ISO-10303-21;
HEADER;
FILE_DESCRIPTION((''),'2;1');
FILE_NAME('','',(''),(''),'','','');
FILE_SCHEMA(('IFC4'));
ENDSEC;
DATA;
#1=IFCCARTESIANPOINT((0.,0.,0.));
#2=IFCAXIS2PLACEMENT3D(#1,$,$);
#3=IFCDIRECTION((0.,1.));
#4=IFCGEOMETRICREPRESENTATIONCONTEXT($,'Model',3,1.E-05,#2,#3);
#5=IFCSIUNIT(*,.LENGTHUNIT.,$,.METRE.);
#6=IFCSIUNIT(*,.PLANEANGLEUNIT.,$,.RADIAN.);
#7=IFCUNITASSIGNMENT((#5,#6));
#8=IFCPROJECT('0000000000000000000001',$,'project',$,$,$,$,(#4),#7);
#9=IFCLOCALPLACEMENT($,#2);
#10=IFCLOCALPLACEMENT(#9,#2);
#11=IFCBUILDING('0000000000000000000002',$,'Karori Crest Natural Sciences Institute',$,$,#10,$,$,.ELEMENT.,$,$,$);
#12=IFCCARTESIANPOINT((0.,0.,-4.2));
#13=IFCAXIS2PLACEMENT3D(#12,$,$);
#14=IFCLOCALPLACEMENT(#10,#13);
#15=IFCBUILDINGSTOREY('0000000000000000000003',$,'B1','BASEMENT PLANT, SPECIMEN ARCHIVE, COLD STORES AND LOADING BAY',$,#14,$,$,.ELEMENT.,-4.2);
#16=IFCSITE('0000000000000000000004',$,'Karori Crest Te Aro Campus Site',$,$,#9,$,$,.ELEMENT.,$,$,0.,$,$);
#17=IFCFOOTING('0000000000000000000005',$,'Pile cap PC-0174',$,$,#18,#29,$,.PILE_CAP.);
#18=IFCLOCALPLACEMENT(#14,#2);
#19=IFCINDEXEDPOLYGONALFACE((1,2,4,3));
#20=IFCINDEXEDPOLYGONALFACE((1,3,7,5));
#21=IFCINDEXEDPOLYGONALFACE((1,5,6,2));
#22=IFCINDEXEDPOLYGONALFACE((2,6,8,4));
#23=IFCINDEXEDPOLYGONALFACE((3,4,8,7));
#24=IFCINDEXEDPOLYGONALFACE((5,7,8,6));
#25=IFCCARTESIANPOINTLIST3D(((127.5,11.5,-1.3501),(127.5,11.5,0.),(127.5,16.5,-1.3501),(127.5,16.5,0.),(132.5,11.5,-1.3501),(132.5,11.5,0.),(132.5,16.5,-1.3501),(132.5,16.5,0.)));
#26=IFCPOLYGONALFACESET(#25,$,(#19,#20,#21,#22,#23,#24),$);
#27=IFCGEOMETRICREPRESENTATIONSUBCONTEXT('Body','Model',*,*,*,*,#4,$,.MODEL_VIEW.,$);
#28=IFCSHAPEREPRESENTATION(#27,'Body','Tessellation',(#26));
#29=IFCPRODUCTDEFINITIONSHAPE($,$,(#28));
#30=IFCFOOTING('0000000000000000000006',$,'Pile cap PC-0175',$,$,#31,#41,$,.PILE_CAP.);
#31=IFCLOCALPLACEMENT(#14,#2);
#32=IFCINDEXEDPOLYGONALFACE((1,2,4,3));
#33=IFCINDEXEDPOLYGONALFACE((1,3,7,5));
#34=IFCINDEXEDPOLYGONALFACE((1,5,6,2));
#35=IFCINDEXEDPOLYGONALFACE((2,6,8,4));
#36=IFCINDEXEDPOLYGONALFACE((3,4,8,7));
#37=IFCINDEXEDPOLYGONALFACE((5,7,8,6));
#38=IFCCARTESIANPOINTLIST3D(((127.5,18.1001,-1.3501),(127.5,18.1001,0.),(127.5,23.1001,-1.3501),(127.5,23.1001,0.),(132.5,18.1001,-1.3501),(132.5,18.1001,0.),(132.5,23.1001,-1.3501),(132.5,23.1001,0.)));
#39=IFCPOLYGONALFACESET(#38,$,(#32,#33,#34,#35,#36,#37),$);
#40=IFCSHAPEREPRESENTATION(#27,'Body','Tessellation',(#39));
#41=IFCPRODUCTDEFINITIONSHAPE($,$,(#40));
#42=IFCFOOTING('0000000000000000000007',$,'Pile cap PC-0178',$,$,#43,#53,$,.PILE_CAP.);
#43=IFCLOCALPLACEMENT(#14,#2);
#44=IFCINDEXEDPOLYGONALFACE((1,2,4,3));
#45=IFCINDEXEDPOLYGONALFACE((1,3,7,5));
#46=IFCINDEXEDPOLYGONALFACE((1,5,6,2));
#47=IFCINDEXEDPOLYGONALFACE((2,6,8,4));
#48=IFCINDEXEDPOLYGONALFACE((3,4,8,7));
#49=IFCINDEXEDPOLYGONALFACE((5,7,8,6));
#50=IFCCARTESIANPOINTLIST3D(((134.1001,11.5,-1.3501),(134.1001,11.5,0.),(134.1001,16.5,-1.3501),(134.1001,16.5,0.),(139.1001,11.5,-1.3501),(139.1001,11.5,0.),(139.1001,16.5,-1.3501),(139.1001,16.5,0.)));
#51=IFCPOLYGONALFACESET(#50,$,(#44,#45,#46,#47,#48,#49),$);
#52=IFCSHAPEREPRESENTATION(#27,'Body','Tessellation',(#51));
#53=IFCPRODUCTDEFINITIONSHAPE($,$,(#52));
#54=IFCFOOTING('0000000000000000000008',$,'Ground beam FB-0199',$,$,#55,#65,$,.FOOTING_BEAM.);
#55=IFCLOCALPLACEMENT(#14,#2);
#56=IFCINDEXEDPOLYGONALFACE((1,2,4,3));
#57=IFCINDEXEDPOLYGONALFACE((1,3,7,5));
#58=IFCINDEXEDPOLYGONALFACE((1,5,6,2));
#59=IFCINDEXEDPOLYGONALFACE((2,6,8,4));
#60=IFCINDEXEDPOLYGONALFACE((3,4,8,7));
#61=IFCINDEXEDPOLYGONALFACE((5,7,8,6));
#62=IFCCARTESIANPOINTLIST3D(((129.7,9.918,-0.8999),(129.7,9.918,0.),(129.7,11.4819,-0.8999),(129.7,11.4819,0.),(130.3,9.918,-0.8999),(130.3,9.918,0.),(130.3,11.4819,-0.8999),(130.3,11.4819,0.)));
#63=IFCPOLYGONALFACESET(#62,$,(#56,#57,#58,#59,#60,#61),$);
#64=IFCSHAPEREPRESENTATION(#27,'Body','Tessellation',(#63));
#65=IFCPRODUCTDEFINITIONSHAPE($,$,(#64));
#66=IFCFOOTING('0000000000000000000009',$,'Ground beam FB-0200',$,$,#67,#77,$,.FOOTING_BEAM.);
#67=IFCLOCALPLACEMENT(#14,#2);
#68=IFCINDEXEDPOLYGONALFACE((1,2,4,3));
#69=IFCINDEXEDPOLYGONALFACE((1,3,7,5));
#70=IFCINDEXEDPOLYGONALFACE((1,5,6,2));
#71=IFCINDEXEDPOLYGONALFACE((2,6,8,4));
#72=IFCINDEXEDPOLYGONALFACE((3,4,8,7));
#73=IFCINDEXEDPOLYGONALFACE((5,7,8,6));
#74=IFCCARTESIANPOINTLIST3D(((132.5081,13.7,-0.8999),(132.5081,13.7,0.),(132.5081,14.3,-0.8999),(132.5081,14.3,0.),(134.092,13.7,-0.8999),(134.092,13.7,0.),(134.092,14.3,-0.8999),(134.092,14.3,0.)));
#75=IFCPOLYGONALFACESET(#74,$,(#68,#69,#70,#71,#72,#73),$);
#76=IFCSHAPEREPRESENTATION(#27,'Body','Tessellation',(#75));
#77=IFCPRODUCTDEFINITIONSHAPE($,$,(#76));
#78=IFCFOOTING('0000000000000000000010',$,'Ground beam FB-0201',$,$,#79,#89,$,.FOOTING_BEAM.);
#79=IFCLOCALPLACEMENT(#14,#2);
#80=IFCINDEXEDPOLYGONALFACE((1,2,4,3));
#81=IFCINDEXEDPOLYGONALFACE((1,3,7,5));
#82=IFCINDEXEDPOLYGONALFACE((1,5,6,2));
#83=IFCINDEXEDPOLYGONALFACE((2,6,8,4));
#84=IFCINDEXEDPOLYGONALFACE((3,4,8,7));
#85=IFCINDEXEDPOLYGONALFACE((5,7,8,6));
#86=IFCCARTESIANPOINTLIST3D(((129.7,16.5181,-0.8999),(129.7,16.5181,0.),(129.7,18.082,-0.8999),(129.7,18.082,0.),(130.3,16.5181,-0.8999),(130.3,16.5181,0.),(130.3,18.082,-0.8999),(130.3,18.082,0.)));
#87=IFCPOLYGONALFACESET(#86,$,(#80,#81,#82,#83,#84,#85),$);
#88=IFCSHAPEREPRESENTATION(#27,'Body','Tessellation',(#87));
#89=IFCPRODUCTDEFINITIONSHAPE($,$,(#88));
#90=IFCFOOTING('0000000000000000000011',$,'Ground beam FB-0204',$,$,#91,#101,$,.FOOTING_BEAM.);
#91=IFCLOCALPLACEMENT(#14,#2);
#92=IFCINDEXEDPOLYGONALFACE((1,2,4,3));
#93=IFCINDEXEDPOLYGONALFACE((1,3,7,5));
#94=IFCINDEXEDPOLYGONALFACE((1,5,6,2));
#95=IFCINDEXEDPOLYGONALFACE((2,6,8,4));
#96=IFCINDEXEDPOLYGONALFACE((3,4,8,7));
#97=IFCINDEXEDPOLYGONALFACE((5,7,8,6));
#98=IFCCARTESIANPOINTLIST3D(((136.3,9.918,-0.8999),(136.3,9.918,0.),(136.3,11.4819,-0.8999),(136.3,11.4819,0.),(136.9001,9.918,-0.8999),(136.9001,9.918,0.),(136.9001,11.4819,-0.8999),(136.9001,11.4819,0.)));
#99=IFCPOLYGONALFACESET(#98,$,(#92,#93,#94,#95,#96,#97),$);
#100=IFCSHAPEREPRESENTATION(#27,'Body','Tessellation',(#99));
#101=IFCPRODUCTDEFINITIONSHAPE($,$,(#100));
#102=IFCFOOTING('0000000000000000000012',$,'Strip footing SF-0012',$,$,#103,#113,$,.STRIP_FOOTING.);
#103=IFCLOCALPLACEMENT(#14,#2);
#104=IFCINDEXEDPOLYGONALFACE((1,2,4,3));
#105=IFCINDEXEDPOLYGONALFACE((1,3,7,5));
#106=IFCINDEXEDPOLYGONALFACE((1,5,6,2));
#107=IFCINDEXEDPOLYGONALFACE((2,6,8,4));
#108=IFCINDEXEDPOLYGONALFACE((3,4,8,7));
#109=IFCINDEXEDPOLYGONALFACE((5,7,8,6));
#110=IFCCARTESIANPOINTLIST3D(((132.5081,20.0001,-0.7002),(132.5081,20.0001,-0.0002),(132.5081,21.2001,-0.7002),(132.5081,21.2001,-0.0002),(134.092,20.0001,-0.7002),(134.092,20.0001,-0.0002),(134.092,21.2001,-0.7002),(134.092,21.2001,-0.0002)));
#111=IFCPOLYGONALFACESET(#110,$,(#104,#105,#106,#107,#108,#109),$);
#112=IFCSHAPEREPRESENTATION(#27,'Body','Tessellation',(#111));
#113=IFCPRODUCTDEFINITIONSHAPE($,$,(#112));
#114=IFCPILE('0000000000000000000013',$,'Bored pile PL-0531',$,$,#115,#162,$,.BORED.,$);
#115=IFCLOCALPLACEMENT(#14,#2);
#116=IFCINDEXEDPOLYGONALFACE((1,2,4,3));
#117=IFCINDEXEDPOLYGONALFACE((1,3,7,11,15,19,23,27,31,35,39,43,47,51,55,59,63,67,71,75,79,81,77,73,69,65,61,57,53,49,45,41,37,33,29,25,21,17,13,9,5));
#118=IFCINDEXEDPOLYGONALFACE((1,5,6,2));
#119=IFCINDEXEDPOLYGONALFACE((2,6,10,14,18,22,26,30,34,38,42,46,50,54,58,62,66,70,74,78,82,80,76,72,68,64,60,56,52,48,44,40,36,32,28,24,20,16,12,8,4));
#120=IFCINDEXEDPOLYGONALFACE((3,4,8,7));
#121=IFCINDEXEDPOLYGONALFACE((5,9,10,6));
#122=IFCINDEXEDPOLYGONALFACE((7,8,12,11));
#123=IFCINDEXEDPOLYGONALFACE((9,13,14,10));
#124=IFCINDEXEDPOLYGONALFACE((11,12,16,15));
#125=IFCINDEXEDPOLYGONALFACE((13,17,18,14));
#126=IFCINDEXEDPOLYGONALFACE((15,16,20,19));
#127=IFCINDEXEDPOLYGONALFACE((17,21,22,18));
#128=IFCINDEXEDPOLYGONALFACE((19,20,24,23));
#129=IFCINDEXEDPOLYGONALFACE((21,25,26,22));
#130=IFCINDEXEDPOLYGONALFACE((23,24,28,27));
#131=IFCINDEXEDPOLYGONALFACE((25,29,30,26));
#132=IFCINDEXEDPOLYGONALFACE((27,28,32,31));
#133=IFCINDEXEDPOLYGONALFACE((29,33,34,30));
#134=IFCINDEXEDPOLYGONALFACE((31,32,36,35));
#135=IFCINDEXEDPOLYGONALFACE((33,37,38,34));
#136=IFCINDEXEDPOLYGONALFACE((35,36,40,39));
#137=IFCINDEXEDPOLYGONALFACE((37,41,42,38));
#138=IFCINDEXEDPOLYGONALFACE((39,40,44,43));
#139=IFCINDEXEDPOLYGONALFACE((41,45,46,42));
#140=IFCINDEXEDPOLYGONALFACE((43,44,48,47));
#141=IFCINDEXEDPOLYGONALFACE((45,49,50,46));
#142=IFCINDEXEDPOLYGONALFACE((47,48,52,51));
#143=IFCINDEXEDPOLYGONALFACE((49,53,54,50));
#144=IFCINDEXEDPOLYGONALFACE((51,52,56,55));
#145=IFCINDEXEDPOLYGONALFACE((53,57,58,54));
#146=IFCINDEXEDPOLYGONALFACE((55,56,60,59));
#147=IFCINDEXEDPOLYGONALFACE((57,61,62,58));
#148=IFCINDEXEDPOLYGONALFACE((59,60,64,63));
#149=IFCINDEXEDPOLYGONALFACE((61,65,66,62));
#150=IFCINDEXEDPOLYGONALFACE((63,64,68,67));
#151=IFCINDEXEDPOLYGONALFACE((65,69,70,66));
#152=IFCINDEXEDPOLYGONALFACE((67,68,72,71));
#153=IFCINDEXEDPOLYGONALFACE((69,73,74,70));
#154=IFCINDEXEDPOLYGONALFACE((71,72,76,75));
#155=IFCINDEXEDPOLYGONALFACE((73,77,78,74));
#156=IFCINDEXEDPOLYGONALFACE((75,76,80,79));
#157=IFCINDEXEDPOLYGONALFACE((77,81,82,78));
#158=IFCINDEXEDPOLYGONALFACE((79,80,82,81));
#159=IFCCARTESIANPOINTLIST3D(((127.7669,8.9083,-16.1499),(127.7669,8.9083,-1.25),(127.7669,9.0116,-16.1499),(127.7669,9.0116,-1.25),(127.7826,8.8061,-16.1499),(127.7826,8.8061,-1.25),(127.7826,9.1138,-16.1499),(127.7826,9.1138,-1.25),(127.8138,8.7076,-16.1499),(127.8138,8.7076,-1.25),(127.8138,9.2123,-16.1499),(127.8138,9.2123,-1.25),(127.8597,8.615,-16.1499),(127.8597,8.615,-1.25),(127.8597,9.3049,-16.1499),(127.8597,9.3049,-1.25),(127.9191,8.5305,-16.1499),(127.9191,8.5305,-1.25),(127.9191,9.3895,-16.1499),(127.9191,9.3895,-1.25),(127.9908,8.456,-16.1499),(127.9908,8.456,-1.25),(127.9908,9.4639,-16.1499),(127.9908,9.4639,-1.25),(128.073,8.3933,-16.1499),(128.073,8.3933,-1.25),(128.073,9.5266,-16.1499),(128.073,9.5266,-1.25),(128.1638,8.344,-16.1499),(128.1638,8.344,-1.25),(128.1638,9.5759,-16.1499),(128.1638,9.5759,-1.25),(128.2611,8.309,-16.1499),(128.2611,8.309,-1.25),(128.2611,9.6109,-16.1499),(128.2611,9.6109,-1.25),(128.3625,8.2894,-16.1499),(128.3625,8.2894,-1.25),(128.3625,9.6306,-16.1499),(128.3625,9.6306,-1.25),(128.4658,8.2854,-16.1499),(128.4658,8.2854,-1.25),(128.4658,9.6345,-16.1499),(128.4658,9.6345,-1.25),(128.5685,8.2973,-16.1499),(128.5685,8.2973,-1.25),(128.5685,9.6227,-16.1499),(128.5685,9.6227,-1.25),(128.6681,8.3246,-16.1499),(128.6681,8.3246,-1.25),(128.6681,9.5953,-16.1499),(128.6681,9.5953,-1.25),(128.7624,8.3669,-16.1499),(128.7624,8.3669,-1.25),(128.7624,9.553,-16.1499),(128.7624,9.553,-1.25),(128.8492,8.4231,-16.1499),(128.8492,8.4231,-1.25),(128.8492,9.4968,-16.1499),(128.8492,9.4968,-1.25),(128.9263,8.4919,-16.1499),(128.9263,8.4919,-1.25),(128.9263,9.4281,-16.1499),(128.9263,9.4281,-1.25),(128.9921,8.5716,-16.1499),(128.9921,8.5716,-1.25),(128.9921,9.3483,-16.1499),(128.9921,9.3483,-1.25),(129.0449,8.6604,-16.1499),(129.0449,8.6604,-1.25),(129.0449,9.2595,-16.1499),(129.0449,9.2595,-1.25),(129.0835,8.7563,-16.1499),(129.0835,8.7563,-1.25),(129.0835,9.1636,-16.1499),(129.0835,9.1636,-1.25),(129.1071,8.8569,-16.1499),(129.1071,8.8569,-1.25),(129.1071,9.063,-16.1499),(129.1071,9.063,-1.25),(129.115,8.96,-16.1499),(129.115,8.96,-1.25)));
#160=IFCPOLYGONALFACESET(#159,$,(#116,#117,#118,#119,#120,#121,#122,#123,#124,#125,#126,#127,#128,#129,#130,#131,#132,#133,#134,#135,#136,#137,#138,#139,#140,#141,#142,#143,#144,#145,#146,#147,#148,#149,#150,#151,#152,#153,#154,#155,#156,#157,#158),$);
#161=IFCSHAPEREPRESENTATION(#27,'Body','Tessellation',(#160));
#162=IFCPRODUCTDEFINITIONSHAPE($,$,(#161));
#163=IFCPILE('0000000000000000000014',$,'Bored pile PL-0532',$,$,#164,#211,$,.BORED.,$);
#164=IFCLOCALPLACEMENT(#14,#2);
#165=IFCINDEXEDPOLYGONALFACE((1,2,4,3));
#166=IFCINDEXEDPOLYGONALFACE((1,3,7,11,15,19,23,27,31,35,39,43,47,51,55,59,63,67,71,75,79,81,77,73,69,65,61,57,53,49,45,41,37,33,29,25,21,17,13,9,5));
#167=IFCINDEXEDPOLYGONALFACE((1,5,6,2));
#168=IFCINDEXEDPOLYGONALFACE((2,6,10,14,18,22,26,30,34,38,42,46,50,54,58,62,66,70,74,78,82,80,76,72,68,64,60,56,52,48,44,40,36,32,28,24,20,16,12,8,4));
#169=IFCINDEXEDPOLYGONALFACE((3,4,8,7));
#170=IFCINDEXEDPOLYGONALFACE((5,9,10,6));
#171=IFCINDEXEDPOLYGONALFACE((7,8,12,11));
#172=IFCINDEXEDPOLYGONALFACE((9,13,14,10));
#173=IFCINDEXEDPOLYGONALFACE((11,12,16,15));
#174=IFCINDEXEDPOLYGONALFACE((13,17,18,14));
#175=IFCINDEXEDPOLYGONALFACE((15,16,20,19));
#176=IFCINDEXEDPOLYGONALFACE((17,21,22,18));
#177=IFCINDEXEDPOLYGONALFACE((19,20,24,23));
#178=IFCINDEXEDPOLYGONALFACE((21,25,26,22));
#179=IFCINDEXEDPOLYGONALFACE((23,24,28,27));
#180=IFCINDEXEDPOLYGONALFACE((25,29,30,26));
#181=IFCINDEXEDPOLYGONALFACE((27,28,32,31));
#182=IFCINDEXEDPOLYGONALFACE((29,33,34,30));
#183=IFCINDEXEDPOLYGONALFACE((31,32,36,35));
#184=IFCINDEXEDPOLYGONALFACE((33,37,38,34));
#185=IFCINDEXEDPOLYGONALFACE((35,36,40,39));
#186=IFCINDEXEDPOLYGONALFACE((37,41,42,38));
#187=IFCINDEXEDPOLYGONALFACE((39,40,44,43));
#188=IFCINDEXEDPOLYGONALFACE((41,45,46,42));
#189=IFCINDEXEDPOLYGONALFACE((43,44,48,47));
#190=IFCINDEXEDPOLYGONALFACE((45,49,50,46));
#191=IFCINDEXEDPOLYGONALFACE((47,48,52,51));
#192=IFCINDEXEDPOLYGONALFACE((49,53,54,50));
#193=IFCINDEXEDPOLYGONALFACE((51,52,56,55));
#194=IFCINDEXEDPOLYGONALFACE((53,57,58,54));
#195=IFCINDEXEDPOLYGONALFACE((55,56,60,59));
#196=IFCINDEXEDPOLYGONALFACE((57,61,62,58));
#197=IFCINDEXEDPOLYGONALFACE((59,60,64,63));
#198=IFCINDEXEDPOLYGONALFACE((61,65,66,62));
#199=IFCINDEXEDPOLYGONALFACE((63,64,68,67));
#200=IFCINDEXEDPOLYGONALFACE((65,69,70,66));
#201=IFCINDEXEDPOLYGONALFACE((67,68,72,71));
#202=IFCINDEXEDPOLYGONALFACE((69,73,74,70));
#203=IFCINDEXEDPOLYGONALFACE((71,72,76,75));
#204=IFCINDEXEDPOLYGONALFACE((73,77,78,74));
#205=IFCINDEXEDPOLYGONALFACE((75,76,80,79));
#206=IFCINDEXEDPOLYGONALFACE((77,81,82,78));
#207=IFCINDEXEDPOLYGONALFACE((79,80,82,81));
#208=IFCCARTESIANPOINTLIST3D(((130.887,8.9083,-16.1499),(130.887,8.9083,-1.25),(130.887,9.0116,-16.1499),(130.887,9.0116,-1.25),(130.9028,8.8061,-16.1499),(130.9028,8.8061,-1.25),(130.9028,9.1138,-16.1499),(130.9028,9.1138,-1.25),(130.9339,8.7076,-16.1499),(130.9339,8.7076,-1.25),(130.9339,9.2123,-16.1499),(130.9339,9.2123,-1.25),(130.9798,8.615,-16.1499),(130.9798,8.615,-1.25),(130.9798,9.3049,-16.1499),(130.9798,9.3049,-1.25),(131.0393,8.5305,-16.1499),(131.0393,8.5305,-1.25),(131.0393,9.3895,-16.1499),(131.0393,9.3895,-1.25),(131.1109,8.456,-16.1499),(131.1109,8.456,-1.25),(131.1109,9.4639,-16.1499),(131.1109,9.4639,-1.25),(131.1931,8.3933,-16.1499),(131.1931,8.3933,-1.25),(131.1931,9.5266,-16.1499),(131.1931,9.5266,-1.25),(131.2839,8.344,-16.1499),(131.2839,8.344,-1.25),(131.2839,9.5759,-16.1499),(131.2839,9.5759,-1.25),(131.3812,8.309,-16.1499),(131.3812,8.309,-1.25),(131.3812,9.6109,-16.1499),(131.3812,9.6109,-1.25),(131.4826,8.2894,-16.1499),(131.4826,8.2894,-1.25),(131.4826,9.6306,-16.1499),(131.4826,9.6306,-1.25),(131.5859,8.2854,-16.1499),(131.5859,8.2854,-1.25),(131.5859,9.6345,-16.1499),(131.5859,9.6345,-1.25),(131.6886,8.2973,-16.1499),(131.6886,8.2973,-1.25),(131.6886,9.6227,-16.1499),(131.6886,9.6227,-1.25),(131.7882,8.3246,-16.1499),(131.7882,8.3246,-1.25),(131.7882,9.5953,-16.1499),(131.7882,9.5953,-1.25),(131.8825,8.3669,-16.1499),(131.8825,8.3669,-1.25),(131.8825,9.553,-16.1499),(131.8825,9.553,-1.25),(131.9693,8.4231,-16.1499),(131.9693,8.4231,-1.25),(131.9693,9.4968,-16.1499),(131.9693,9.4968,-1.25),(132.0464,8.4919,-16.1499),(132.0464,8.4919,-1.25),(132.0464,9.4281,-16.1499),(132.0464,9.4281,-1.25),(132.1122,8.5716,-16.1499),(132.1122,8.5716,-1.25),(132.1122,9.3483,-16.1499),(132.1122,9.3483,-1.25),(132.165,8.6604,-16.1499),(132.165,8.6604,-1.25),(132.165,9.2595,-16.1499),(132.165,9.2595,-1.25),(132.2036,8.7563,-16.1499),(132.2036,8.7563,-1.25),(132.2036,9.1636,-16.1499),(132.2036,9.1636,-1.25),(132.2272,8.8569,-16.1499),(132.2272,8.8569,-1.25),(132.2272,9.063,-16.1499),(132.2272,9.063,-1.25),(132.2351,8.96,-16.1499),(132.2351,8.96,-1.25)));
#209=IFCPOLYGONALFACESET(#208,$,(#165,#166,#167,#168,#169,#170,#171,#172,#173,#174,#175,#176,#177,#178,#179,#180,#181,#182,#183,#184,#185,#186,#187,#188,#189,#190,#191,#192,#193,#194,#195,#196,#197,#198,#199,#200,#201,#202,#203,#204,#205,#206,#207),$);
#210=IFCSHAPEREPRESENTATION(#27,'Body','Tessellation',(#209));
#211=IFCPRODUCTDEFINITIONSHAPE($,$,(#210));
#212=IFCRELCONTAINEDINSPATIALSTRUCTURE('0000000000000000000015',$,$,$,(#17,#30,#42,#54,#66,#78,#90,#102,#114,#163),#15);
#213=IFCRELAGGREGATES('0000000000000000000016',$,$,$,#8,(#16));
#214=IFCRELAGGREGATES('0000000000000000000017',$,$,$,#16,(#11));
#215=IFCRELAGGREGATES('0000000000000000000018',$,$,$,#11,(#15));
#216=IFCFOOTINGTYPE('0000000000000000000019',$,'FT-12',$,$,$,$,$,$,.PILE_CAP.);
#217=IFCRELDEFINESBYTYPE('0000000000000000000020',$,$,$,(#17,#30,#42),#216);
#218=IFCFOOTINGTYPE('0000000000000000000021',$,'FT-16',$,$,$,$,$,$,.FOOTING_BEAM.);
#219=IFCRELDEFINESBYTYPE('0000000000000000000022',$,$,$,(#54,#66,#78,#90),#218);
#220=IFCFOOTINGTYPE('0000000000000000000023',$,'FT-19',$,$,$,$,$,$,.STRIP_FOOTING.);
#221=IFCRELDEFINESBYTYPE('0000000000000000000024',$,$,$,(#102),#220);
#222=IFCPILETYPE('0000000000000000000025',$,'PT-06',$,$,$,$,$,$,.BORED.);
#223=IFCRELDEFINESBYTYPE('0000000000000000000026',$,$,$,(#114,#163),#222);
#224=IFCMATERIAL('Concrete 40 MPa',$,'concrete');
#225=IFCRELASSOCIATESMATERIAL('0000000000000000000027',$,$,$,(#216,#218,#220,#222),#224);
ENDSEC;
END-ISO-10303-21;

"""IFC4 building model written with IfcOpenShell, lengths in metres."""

from ifc_helpers import new_model, si_unit, direction, frame, origin, origin_2d, place, context, subcontext, project, spatial, rectangle, circle, extrude, material, material_profile, profile_set, type_object, element, save


model = new_model("IFC4")

# Units and contexts
model_context = context("Model", 3, precision=1e-05, world=origin(), true_north=direction((0.0, 1.0)))
body_context = subcontext(model_context, "Body", "Model", "MODEL_VIEW")
ifc_project = project(units=[si_unit("LENGTHUNIT", "METRE"), si_unit("PLANEANGLEUNIT", "RADIAN")], contexts=[model_context])

# Site, building, storey
site_placement = place(None, origin())
site = spatial("IfcSite", under=ifc_project, at=site_placement, Name="Karori Crest Te Aro Campus Site", CompositionType="ELEMENT", RefElevation=0.0)
building_placement = place(site_placement, origin())
building = spatial("IfcBuilding", under=site, at=building_placement, Name="Karori Crest Natural Sciences Institute", CompositionType="ELEMENT")
storey_placement = place(building_placement, frame((0.0, 0.0, -4.2)))
storey = spatial("IfcBuildingStorey", under=building, at=storey_placement, Name="B1", Description="BASEMENT PLANT, SPECIMEN ARCHIVE, COLD STORES AND LOADING BAY", CompositionType="ELEMENT", Elevation=-4.2)

# Footings
ifc_material_1 = material(Name="Concrete 40 MPa", Category="concrete")
footing_type_1 = type_object("IfcFootingType", Name="FT-12", PredefinedType="PILE_CAP", material=ifc_material_1)
for number, where, z_axis, x_axis, name in (
    (1, (130.0, 14.0, -1.3501), (0.0, 0.0, 1.0), (1.0, 0.0, 0.0), "Pile cap PC-0174"),
    (2, (130.0, 20.6001, -1.3501), (0.0, 0.0, 1.0), (1.0, 0.0, 0.0), "Pile cap PC-0175"),
    (3, (136.6001, 14.0, -1.3501), (0.0, 0.0, 1.0), (1.0, 0.0, 0.0), "Pile cap PC-0178"),
):
    element("IfcFooting", number, at=place(storey_placement, frame(where, z_axis=z_axis, x_axis=x_axis)), inside=storey, type_object=footing_type_1, Name=name, PredefinedType="PILE_CAP", context=body_context, shape_type="SweptSolid", body=[
        extrude(rectangle(XDim=5.0, YDim=5.0, at=origin_2d()), origin(), (0.0, 0.0, 1.0), 1.3501),
    ])
footing_type_2 = type_object("IfcFootingType", Name="FT-16", PredefinedType="FOOTING_BEAM", material=ifc_material_1)
footing_1_placement = place(storey_placement, frame((130.0, 10.7, -0.8999), z_axis=(0.0, 0.0, 1.0), x_axis=(0.0, 1.0, 0.0)))
element("IfcFooting", 4, at=footing_1_placement, inside=storey, type_object=footing_type_2, Name="Ground beam FB-0199", PredefinedType="FOOTING_BEAM", context=body_context, shape_type="SweptSolid", body=[
    extrude(rectangle(XDim=1.564, YDim=0.6001, at=origin_2d()), origin(), (0.0, 0.0, 1.0), 0.8999),
])
footing_2_placement = place(storey_placement, frame((133.3, 14.0, -0.8999), z_axis=(0.0, 0.0, 1.0), x_axis=(1.0, 0.0, 0.0)))
element("IfcFooting", 5, at=footing_2_placement, inside=storey, type_object=footing_type_2, Name="Ground beam FB-0200", PredefinedType="FOOTING_BEAM", context=body_context, shape_type="SweptSolid", body=[
    extrude(rectangle(XDim=1.584, YDim=0.6001, at=origin_2d()), origin(), (0.0, 0.0, 1.0), 0.8999),
])
for number, where, z_axis, x_axis, name in (
    (6, (130.0, 17.3, -0.8999), (0.0, 0.0, 1.0), (0.0, 1.0, 0.0), "Ground beam FB-0201"),
    (7, (136.6001, 10.7, -0.8999), (0.0, 0.0, 1.0), (0.0, 1.0, 0.0), "Ground beam FB-0204"),
):
    element("IfcFooting", number, at=place(storey_placement, frame(where, z_axis=z_axis, x_axis=x_axis)), inside=storey, type_object=footing_type_2, Name=name, PredefinedType="FOOTING_BEAM", context=body_context, shape_type="SweptSolid", body=[
        extrude(rectangle(XDim=1.564, YDim=0.6001, at=origin_2d()), origin(), (0.0, 0.0, 1.0), 0.8999),
    ])
footing_type_3 = type_object("IfcFootingType", Name="FT-19", PredefinedType="STRIP_FOOTING", material=ifc_material_1)
footing_3_placement = place(storey_placement, frame((133.3, 20.6001, -0.7002), z_axis=(0.0, 0.0, 1.0), x_axis=(1.0, 0.0, 0.0)))
element("IfcFooting", 8, at=footing_3_placement, inside=storey, type_object=footing_type_3, Name="Strip footing SF-0012", PredefinedType="STRIP_FOOTING", context=body_context, shape_type="SweptSolid", body=[
    extrude(rectangle(XDim=1.584, YDim=1.2, at=origin_2d()), origin(), (0.0, 0.0, 1.0), 0.7),
])

# Piles
ifc_material_profile_1 = material_profile(ifc_material_1, circle(Radius=0.675, at=origin_2d()), Name="PILE1350")
ifc_profile_set_1 = profile_set([ifc_material_profile_1], Name="Concrete 40 MPa")
pile_type = type_object("IfcPileType", Name="PT-06", PredefinedType="BORED", material=ifc_profile_set_1)
for number, where, z_axis, x_axis, name in (
    (9, (128.4399, 8.96, -1.25), (0.0, 0.0, -1.0), (1.0, 0.0, 0.0), "Bored pile PL-0531"),
    (10, (131.5601, 8.96, -1.25), (0.0, 0.0, -1.0), (1.0, 0.0, 0.0), "Bored pile PL-0532"),
):
    element("IfcPile", number, at=place(storey_placement, frame(where, z_axis=z_axis, x_axis=x_axis)), inside=storey, type_object=pile_type, Name=name, PredefinedType="BORED", context=body_context, shape_type="SweptSolid", body=[
        extrude(circle(Radius=0.675, at=origin_2d()), origin(), (0.0, 0.0, 1.0), 14.8999),
    ])

save(model, "model.ifc")
